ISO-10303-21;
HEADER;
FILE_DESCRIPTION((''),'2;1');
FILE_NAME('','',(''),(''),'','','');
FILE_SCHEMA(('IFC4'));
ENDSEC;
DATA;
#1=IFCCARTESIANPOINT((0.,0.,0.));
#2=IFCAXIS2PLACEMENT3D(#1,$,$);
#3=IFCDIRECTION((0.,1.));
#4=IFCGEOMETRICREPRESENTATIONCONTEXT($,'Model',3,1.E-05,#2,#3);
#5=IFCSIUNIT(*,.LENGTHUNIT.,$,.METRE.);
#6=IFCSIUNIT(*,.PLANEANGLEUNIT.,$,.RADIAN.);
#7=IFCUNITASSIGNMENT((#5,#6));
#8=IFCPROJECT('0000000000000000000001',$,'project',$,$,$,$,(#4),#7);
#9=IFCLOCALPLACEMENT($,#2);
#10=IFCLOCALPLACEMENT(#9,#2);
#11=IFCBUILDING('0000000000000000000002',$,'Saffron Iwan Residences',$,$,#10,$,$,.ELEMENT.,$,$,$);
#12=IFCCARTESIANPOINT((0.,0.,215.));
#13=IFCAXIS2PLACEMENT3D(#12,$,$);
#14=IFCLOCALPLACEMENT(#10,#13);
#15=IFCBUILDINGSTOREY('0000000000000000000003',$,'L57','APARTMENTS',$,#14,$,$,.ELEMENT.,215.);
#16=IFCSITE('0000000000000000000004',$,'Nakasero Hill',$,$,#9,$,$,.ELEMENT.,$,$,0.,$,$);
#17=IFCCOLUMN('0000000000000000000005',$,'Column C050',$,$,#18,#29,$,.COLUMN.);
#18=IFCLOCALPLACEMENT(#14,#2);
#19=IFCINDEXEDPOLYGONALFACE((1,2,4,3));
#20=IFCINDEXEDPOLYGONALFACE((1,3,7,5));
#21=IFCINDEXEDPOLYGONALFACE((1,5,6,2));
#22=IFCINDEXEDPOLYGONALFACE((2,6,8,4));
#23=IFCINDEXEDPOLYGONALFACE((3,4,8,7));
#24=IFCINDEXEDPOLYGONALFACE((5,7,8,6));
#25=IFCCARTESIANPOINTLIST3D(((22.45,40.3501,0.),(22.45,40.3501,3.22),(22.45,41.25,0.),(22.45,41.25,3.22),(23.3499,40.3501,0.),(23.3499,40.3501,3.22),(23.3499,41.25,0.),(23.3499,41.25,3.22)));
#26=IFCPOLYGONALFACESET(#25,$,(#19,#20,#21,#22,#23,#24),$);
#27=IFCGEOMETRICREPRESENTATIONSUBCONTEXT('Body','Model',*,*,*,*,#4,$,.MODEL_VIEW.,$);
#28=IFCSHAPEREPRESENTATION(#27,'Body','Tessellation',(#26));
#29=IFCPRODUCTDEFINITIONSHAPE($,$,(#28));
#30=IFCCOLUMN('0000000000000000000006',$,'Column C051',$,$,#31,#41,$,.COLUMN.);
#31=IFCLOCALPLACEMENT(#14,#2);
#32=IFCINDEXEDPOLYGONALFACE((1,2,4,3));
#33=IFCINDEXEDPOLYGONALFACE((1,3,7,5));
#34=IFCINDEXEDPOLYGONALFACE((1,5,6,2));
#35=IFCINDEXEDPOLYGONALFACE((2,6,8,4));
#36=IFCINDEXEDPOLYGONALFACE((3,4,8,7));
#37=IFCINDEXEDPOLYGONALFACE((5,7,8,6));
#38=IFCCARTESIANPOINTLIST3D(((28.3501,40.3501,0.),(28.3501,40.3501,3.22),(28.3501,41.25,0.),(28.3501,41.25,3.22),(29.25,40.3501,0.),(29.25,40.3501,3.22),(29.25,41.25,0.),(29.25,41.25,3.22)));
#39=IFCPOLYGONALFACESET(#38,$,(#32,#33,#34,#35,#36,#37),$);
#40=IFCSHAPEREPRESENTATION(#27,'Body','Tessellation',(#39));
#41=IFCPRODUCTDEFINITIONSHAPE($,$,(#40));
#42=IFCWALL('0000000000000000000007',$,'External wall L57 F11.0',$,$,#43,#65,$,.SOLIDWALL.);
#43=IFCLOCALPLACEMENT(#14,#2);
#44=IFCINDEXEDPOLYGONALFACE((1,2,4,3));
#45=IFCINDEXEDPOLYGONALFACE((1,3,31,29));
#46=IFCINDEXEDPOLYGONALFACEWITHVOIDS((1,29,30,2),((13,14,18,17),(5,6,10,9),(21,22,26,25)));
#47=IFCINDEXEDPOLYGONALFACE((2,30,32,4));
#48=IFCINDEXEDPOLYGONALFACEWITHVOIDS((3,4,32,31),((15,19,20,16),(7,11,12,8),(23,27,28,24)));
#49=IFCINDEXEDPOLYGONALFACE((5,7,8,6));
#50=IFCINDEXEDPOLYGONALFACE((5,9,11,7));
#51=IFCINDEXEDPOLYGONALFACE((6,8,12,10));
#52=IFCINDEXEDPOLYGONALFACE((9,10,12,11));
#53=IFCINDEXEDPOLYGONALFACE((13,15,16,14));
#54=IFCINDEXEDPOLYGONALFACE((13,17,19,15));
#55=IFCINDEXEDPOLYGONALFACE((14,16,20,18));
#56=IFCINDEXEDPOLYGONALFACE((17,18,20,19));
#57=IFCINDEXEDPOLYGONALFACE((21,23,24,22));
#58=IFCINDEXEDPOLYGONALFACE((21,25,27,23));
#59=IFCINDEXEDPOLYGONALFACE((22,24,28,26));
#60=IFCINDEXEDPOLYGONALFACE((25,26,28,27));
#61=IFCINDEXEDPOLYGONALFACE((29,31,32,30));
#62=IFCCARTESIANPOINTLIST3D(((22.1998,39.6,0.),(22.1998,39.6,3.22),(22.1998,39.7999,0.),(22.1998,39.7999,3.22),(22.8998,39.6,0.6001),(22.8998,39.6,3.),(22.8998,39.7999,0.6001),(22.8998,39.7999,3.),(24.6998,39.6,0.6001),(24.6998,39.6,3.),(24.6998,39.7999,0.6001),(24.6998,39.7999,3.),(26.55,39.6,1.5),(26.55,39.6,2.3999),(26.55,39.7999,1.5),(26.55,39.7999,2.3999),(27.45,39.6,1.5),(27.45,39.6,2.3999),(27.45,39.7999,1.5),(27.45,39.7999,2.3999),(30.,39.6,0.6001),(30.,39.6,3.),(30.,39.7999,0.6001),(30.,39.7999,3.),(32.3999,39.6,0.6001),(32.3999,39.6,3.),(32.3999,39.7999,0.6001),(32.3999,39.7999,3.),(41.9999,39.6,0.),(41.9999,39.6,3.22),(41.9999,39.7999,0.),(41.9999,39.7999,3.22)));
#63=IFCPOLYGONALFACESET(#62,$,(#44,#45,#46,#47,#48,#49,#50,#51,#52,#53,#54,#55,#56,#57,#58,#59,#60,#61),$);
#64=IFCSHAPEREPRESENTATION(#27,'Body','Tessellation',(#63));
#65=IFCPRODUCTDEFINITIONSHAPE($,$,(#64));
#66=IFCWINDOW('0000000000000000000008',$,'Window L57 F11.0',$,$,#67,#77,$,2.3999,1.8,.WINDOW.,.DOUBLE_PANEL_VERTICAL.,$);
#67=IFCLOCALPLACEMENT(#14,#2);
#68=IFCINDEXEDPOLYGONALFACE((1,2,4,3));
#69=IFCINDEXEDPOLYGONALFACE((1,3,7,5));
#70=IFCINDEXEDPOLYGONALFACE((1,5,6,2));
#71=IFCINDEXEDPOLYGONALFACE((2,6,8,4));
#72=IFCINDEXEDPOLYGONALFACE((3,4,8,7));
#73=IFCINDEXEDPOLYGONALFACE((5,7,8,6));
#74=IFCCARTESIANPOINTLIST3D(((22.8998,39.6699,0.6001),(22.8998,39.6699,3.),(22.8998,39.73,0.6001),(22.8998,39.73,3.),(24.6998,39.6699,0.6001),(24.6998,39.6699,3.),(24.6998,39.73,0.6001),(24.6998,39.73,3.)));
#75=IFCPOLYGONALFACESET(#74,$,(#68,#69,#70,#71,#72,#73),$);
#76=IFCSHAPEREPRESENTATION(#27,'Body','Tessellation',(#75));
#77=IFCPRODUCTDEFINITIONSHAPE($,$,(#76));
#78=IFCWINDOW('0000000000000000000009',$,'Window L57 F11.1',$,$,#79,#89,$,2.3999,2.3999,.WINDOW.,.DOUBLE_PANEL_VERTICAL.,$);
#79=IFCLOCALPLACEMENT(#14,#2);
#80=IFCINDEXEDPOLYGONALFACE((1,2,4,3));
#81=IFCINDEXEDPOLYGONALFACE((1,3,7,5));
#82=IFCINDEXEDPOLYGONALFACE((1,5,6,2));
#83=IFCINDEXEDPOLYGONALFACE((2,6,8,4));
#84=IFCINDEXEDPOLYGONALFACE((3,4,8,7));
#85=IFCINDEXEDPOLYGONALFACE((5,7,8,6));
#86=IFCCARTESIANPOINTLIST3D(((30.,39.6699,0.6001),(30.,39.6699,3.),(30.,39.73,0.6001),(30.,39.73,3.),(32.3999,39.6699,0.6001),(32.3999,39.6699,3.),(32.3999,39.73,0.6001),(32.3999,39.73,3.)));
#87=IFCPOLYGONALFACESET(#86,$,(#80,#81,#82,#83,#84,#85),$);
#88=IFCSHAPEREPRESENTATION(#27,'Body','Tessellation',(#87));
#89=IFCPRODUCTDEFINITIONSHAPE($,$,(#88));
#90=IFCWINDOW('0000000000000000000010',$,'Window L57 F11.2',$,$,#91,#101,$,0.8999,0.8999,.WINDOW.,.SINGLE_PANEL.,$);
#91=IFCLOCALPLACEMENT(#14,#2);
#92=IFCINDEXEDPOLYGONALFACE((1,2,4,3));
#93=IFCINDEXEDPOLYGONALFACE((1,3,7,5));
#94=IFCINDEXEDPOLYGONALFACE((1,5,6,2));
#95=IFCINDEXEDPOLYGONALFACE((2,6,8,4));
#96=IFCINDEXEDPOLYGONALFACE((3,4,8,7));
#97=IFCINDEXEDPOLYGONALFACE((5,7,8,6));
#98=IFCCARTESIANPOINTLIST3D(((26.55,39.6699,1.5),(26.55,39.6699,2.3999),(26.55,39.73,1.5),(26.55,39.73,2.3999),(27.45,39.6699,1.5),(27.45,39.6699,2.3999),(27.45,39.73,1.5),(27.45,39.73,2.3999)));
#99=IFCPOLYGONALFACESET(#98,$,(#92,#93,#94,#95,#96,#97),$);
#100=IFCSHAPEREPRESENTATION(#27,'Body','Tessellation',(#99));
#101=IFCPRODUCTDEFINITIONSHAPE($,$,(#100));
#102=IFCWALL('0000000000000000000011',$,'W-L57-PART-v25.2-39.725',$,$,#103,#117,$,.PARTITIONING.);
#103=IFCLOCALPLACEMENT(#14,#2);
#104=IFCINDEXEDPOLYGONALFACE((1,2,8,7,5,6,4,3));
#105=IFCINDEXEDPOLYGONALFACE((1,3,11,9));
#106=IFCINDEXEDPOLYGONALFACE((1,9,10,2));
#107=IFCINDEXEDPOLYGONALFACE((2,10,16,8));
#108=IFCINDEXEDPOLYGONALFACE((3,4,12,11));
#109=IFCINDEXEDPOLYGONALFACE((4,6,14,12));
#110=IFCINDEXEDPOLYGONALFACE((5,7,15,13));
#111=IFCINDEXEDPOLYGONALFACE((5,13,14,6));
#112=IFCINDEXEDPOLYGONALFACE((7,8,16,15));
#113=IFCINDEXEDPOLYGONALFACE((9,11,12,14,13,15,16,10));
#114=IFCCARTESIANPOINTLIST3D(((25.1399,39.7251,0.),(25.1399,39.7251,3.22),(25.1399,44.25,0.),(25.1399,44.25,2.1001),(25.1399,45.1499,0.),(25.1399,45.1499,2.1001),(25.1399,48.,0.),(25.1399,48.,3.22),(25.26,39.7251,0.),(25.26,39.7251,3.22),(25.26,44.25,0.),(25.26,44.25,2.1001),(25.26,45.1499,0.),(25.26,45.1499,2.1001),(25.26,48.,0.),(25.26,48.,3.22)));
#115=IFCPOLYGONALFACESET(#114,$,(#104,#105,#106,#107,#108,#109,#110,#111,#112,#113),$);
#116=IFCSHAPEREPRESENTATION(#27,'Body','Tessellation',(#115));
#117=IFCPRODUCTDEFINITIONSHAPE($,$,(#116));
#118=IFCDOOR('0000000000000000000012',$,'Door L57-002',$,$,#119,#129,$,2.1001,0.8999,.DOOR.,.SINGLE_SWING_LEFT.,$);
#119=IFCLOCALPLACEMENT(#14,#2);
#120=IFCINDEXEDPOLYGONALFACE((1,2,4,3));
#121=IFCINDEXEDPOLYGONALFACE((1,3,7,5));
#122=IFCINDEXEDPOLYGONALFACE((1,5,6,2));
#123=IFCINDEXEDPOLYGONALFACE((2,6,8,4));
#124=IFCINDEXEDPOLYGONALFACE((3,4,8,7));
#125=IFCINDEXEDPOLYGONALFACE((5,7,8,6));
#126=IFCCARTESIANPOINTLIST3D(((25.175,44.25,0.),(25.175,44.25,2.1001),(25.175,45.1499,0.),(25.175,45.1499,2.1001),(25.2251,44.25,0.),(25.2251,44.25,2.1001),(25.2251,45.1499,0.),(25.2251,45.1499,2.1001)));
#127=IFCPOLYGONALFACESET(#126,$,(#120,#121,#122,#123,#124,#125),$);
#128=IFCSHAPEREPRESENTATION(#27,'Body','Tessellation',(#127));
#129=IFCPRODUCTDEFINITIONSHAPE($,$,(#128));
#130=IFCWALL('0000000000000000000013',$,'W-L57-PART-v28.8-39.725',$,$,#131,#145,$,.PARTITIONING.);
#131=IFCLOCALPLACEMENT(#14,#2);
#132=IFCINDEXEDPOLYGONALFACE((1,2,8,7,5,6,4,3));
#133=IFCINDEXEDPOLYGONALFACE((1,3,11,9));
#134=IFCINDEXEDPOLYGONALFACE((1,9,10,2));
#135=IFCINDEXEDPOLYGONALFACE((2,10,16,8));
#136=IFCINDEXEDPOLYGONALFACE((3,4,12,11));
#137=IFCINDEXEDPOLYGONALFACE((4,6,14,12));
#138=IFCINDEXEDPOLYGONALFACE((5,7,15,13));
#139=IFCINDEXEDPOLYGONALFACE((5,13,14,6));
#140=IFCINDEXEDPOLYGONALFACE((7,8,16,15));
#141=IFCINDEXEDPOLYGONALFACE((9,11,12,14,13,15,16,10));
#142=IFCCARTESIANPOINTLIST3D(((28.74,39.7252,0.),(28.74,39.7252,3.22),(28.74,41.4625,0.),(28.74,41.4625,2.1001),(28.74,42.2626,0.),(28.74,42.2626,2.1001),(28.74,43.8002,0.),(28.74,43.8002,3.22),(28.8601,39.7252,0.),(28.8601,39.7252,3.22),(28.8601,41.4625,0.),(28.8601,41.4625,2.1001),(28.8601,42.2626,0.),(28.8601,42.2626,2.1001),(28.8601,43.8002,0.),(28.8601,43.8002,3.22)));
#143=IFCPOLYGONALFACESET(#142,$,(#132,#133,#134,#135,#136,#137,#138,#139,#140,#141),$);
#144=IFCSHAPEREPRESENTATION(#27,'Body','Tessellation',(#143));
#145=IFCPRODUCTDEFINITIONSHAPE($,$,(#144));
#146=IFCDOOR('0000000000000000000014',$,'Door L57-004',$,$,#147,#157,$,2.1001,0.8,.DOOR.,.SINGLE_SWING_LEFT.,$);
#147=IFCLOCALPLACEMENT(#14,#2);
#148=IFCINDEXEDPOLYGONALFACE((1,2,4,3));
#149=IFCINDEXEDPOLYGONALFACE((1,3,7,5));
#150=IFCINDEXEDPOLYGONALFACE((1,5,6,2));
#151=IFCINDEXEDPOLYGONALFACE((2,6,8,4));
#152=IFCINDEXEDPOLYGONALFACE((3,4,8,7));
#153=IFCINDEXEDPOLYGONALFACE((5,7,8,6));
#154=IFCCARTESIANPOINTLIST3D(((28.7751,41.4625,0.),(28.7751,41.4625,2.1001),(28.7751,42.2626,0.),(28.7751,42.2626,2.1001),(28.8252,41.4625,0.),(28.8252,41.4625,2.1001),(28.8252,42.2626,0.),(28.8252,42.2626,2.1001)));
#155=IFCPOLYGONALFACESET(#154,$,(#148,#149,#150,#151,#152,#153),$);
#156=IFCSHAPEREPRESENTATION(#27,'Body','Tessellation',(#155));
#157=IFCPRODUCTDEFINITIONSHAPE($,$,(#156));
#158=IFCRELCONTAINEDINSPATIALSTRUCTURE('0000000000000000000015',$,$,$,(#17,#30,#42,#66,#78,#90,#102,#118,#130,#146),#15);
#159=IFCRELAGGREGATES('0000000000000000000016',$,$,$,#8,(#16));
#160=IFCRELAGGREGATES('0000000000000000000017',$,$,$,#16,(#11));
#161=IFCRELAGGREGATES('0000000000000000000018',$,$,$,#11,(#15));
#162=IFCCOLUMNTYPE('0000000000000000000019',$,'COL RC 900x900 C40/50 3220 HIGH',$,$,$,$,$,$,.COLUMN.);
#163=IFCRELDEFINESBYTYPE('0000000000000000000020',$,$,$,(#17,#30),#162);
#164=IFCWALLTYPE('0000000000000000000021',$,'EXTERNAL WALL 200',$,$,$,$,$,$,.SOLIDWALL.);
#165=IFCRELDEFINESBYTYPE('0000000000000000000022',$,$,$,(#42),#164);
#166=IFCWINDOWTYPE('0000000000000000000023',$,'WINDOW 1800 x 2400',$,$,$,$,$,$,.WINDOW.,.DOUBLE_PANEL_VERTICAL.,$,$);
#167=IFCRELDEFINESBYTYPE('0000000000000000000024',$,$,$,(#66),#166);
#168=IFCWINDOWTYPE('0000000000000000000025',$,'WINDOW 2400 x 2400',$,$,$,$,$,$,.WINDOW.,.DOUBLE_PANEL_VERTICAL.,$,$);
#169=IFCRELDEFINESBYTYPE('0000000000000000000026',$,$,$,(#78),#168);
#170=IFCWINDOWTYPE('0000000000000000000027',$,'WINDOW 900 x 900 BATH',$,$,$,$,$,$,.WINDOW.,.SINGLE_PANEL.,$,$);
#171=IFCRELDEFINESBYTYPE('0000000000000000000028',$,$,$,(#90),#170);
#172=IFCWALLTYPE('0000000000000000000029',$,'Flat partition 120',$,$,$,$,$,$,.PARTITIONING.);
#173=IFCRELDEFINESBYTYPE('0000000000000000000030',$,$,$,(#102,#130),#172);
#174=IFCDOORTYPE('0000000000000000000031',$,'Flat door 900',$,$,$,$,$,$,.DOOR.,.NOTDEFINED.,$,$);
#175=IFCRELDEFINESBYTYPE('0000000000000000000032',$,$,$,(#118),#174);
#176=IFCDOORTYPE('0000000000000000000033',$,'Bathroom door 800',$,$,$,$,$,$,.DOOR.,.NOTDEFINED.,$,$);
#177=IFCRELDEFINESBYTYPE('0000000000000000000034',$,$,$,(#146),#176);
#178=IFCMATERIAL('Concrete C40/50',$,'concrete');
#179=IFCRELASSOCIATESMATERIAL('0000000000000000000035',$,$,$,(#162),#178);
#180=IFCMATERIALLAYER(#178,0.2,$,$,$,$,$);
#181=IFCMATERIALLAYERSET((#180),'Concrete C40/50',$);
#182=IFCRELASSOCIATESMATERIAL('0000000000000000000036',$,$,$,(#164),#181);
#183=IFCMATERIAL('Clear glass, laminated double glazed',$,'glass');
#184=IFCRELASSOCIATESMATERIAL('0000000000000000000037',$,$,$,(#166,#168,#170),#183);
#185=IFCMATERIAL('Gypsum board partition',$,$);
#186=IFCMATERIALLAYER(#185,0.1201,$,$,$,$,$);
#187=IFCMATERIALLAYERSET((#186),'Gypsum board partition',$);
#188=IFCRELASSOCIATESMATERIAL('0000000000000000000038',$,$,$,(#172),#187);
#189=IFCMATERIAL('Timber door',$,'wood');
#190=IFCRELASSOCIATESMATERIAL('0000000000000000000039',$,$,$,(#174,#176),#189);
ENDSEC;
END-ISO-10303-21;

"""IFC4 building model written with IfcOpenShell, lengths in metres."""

from ifc_helpers import new_model, si_unit, direction, frame, frame_2d, origin, origin_2d, place, context, subcontext, project, spatial, rectangle, extrude, source, transform, mapped, material, layer, layer_set, material_profile, profile_set, type_object, element, fill, save


model = new_model("IFC4")

# Units and contexts
model_context = context("Model", 3, precision=1e-05, world=origin(), true_north=direction((0.0, 1.0)))
body_context = subcontext(model_context, "Body", "Model", "MODEL_VIEW")
ifc_project = project(units=[si_unit("LENGTHUNIT", "METRE"), si_unit("PLANEANGLEUNIT", "RADIAN")], contexts=[model_context])

# Site, building, storey
site_placement = place(None, origin())
site = spatial("IfcSite", under=ifc_project, at=site_placement, Name="Nakasero Hill", CompositionType="ELEMENT", RefElevation=0.0)
building_placement = place(site_placement, origin())
building = spatial("IfcBuilding", under=site, at=building_placement, Name="Saffron Iwan Residences", CompositionType="ELEMENT")
storey_placement = place(building_placement, frame((0.0, 0.0, 215.0)))
storey = spatial("IfcBuildingStorey", under=building, at=storey_placement, Name="L57", Description="APARTMENTS", CompositionType="ELEMENT", Elevation=215.0)

# Columns
ifc_material_1 = material(Name="Concrete C40/50", Category="concrete")
ifc_material_profile = material_profile(ifc_material_1, rectangle(XDim=0.8999, YDim=0.8999, at=origin_2d()), Name="RC 900x900")
ifc_profile_set = profile_set([ifc_material_profile], Name="Concrete C40/50")
column_type = type_object("IfcColumnType", Name="COL RC 900x900 C40/50 3220 HIGH", PredefinedType="COLUMN", material=ifc_profile_set)
shared_shape = source(origin(), body_context, "Body", "SweptSolid", [
    extrude(rectangle(XDim=0.8999, YDim=0.8999, at=origin_2d()), origin(), (0.0, 0.0, 1.0), 3.22),
])
for number, where, z_axis, x_axis, name in (
    (1, (22.8999, 40.8, 0.0), (0.0, 0.0, 1.0), (1.0, 0.0, 0.0), "Column C050"),
    (2, (28.8, 40.8, 0.0), (0.0, 0.0, 1.0), (1.0, 0.0, 0.0), "Column C051"),
):
    element("IfcColumn", number, at=place(storey_placement, frame(where, z_axis=z_axis, x_axis=x_axis)), inside=storey, type_object=column_type, Name=name, PredefinedType="COLUMN", context=body_context, shape_type="MappedRepresentation", body=[
        mapped(shared_shape, transform((0.0, 0.0, 0.0))),
    ])

# Wall, openings, windows
ifc_layer_1 = layer(ifc_material_1, 0.2)
ifc_layer_set_1 = layer_set([ifc_layer_1], Name="Concrete C40/50")
wall_type_1 = type_object("IfcWallType", Name="EXTERNAL WALL 200", PredefinedType="SOLIDWALL", material=ifc_layer_set_1)
wall_1_placement = place(storey_placement, frame((22.2, 39.7, 0.0), z_axis=(0.0, 0.0, 1.0), x_axis=(1.0, 0.0, 0.0)))
wall_1 = element("IfcWall", 3, at=wall_1_placement, inside=storey, type_object=wall_type_1, Name="External wall L57 F11.0", PredefinedType="SOLIDWALL", context=body_context, shape_type="SweptSolid", body=[
    extrude(rectangle(XDim=19.8, YDim=0.2, at=frame_2d((9.8999, 0.0))), origin(), (0.0, 0.0, 1.0), 3.22),
])
opening_1_placement = place(wall_1_placement, frame((0.7, 0.0, 0.6001)))
opening_1 = element("IfcOpeningElement", 4, at=opening_1_placement, cuts=wall_1, PredefinedType="OPENING", context=body_context, shape_type="SweptSolid", body=[
    extrude(rectangle(XDim=1.8, YDim=2.3999, at=frame_2d((0.8999, 1.2))), frame((0.0, 0.1099, 0.0), z_axis=(0.0, -1.0, 0.0), x_axis=(1.0, 0.0, 0.0)), (0.0, 0.0, 1.0), 0.22),
])
opening_2_placement = place(wall_1_placement, frame((7.8, 0.0, 0.6001)))
opening_2 = element("IfcOpeningElement", 5, at=opening_2_placement, cuts=wall_1, PredefinedType="OPENING", context=body_context, shape_type="SweptSolid", body=[
    extrude(rectangle(XDim=2.3999, YDim=2.3999, at=frame_2d((1.2, 1.2))), frame((0.0, 0.1099, 0.0), z_axis=(0.0, -1.0, 0.0), x_axis=(1.0, 0.0, 0.0)), (0.0, 0.0, 1.0), 0.22),
])
opening_3_placement = place(wall_1_placement, frame((4.3501, 0.0, 1.5)))
opening_3 = element("IfcOpeningElement", 6, at=opening_3_placement, cuts=wall_1, PredefinedType="OPENING", context=body_context, shape_type="SweptSolid", body=[
    extrude(rectangle(XDim=0.8999, YDim=0.8999, at=frame_2d((0.45, 0.45))), frame((0.0, 0.1099, 0.0), z_axis=(0.0, -1.0, 0.0), x_axis=(1.0, 0.0, 0.0)), (0.0, 0.0, 1.0), 0.22),
])
ifc_material_2 = material(Name="Clear glass, laminated double glazed", Category="glass")
window_type_1 = type_object("IfcWindowType", Name="WINDOW 1800 x 2400", PartitioningType="DOUBLE_PANEL_VERTICAL", PredefinedType="WINDOW", material=ifc_material_2)
window_1_placement = place(opening_1_placement, origin())
window_1 = element("IfcWindow", 7, at=window_1_placement, inside=storey, type_object=window_type_1, Name="Window L57 F11.0", OverallHeight=2.3999, OverallWidth=1.8, PartitioningType="DOUBLE_PANEL_VERTICAL", PredefinedType="WINDOW", context=body_context, shape_type="SweptSolid", body=[
    extrude(rectangle(XDim=1.8, YDim=2.3999, at=frame_2d((0.8999, 1.2))), frame((0.0, 0.03, 0.0), z_axis=(0.0, -1.0, 0.0), x_axis=(1.0, 0.0, 0.0)), (0.0, 0.0, 1.0), 0.0601),
])
fill(opening_1, window_1)
window_type_2 = type_object("IfcWindowType", Name="WINDOW 2400 x 2400", PartitioningType="DOUBLE_PANEL_VERTICAL", PredefinedType="WINDOW", material=ifc_material_2)
window_2_placement = place(opening_2_placement, origin())
window_2 = element("IfcWindow", 8, at=window_2_placement, inside=storey, type_object=window_type_2, Name="Window L57 F11.1", OverallHeight=2.3999, OverallWidth=2.3999, PartitioningType="DOUBLE_PANEL_VERTICAL", PredefinedType="WINDOW", context=body_context, shape_type="SweptSolid", body=[
    extrude(rectangle(XDim=2.3999, YDim=2.3999, at=frame_2d((1.2, 1.2))), frame((0.0, 0.03, 0.0), z_axis=(0.0, -1.0, 0.0), x_axis=(1.0, 0.0, 0.0)), (0.0, 0.0, 1.0), 0.0601),
])
fill(opening_2, window_2)
window_type_3 = type_object("IfcWindowType", Name="WINDOW 900 x 900 BATH", PartitioningType="SINGLE_PANEL", PredefinedType="WINDOW", material=ifc_material_2)
window_3_placement = place(opening_3_placement, origin())
window_3 = element("IfcWindow", 9, at=window_3_placement, inside=storey, type_object=window_type_3, Name="Window L57 F11.2", OverallHeight=0.8999, OverallWidth=0.8999, PartitioningType="SINGLE_PANEL", PredefinedType="WINDOW", context=body_context, shape_type="SweptSolid", body=[
    extrude(rectangle(XDim=0.8999, YDim=0.8999, at=frame_2d((0.45, 0.45))), frame((0.0, 0.03, 0.0), z_axis=(0.0, -1.0, 0.0), x_axis=(1.0, 0.0, 0.0)), (0.0, 0.0, 1.0), 0.0601),
])
fill(opening_3, window_3)

# Walls, openings, doors
ifc_material_3 = material(Name="Gypsum board partition")
ifc_layer_2 = layer(ifc_material_3, 0.1201)
ifc_layer_set_2 = layer_set([ifc_layer_2], Name="Gypsum board partition")
wall_type_2 = type_object("IfcWallType", Name="Flat partition 120", PredefinedType="PARTITIONING", material=ifc_layer_set_2)
wall_2_placement = place(storey_placement, frame((25.2, 39.7251, 0.0), z_axis=(0.0, 0.0, 1.0), x_axis=(0.0, 1.0, 0.0)))
wall_2 = element("IfcWall", 10, at=wall_2_placement, inside=storey, type_object=wall_type_2, Name="W-L57-PART-v25.2-39.725", PredefinedType="PARTITIONING", context=body_context, shape_type="SweptSolid", body=[
    extrude(rectangle(XDim=8.2749, YDim=0.1201, at=frame_2d((4.1375, 0.0))), origin(), (0.0, 0.0, 1.0), 3.22),
])
opening_4_placement = place(wall_2_placement, frame((4.5249, 0.0, 0.0)))
opening_4 = element("IfcOpeningElement", 11, at=opening_4_placement, cuts=wall_2, PredefinedType="OPENING", context=body_context, shape_type="SweptSolid", body=[
    extrude(rectangle(XDim=0.8999, YDim=2.1001, at=frame_2d((0.45, 1.05))), frame((0.0, 0.0701, 0.0), z_axis=(0.0, -1.0, 0.0), x_axis=(1.0, 0.0, 0.0)), (0.0, 0.0, 1.0), 0.1401),
])
ifc_material_4 = material(Name="Timber door", Category="wood")
door_type_1 = type_object("IfcDoorType", Name="Flat door 900", OperationType="NOTDEFINED", PredefinedType="DOOR", material=ifc_material_4)
door_1_placement = place(opening_4_placement, origin())
door_1 = element("IfcDoor", 12, at=door_1_placement, inside=storey, type_object=door_type_1, Name="Door L57-002", OperationType="SINGLE_SWING_LEFT", OverallHeight=2.1001, OverallWidth=0.8999, PredefinedType="DOOR", context=body_context, shape_type="SweptSolid", body=[
    extrude(rectangle(XDim=0.8999, YDim=2.1001, at=frame_2d((0.45, 1.05))), frame((0.0, 0.0249, 0.0), z_axis=(0.0, -1.0, 0.0), x_axis=(1.0, 0.0, 0.0)), (0.0, 0.0, 1.0), 0.05),
])
fill(opening_4, door_1)
wall_3_placement = place(storey_placement, frame((28.8, 39.7251, 0.0), z_axis=(0.0, 0.0, 1.0), x_axis=(0.0, 1.0, 0.0)))
wall_3 = element("IfcWall", 13, at=wall_3_placement, inside=storey, type_object=wall_type_2, Name="W-L57-PART-v28.8-39.725", PredefinedType="PARTITIONING", context=body_context, shape_type="SweptSolid", body=[
    extrude(rectangle(XDim=4.075, YDim=0.1201, at=frame_2d((2.0376, 0.0))), origin(), (0.0, 0.0, 1.0), 3.22),
])
opening_5_placement = place(wall_3_placement, frame((1.7375, 0.0, 0.0)))
opening_5 = element("IfcOpeningElement", 14, at=opening_5_placement, cuts=wall_3, PredefinedType="OPENING", context=body_context, shape_type="SweptSolid", body=[
    extrude(rectangle(XDim=0.8, YDim=2.1001, at=frame_2d((0.3999, 1.05))), frame((0.0, 0.0701, 0.0), z_axis=(0.0, -1.0, 0.0), x_axis=(1.0, 0.0, 0.0)), (0.0, 0.0, 1.0), 0.1401),
])
door_type_2 = type_object("IfcDoorType", Name="Bathroom door 800", OperationType="NOTDEFINED", PredefinedType="DOOR", material=ifc_material_4)
door_2_placement = place(opening_5_placement, origin())
door_2 = element("IfcDoor", 15, at=door_2_placement, inside=storey, type_object=door_type_2, Name="Door L57-004", OperationType="SINGLE_SWING_LEFT", OverallHeight=2.1001, OverallWidth=0.8, PredefinedType="DOOR", context=body_context, shape_type="SweptSolid", body=[
    extrude(rectangle(XDim=0.8, YDim=2.1001, at=frame_2d((0.3999, 1.05))), frame((0.0, 0.0249, 0.0), z_axis=(0.0, -1.0, 0.0), x_axis=(1.0, 0.0, 0.0)), (0.0, 0.0, 1.0), 0.05),
])
fill(opening_5, door_2)

save(model, "model.ifc")
